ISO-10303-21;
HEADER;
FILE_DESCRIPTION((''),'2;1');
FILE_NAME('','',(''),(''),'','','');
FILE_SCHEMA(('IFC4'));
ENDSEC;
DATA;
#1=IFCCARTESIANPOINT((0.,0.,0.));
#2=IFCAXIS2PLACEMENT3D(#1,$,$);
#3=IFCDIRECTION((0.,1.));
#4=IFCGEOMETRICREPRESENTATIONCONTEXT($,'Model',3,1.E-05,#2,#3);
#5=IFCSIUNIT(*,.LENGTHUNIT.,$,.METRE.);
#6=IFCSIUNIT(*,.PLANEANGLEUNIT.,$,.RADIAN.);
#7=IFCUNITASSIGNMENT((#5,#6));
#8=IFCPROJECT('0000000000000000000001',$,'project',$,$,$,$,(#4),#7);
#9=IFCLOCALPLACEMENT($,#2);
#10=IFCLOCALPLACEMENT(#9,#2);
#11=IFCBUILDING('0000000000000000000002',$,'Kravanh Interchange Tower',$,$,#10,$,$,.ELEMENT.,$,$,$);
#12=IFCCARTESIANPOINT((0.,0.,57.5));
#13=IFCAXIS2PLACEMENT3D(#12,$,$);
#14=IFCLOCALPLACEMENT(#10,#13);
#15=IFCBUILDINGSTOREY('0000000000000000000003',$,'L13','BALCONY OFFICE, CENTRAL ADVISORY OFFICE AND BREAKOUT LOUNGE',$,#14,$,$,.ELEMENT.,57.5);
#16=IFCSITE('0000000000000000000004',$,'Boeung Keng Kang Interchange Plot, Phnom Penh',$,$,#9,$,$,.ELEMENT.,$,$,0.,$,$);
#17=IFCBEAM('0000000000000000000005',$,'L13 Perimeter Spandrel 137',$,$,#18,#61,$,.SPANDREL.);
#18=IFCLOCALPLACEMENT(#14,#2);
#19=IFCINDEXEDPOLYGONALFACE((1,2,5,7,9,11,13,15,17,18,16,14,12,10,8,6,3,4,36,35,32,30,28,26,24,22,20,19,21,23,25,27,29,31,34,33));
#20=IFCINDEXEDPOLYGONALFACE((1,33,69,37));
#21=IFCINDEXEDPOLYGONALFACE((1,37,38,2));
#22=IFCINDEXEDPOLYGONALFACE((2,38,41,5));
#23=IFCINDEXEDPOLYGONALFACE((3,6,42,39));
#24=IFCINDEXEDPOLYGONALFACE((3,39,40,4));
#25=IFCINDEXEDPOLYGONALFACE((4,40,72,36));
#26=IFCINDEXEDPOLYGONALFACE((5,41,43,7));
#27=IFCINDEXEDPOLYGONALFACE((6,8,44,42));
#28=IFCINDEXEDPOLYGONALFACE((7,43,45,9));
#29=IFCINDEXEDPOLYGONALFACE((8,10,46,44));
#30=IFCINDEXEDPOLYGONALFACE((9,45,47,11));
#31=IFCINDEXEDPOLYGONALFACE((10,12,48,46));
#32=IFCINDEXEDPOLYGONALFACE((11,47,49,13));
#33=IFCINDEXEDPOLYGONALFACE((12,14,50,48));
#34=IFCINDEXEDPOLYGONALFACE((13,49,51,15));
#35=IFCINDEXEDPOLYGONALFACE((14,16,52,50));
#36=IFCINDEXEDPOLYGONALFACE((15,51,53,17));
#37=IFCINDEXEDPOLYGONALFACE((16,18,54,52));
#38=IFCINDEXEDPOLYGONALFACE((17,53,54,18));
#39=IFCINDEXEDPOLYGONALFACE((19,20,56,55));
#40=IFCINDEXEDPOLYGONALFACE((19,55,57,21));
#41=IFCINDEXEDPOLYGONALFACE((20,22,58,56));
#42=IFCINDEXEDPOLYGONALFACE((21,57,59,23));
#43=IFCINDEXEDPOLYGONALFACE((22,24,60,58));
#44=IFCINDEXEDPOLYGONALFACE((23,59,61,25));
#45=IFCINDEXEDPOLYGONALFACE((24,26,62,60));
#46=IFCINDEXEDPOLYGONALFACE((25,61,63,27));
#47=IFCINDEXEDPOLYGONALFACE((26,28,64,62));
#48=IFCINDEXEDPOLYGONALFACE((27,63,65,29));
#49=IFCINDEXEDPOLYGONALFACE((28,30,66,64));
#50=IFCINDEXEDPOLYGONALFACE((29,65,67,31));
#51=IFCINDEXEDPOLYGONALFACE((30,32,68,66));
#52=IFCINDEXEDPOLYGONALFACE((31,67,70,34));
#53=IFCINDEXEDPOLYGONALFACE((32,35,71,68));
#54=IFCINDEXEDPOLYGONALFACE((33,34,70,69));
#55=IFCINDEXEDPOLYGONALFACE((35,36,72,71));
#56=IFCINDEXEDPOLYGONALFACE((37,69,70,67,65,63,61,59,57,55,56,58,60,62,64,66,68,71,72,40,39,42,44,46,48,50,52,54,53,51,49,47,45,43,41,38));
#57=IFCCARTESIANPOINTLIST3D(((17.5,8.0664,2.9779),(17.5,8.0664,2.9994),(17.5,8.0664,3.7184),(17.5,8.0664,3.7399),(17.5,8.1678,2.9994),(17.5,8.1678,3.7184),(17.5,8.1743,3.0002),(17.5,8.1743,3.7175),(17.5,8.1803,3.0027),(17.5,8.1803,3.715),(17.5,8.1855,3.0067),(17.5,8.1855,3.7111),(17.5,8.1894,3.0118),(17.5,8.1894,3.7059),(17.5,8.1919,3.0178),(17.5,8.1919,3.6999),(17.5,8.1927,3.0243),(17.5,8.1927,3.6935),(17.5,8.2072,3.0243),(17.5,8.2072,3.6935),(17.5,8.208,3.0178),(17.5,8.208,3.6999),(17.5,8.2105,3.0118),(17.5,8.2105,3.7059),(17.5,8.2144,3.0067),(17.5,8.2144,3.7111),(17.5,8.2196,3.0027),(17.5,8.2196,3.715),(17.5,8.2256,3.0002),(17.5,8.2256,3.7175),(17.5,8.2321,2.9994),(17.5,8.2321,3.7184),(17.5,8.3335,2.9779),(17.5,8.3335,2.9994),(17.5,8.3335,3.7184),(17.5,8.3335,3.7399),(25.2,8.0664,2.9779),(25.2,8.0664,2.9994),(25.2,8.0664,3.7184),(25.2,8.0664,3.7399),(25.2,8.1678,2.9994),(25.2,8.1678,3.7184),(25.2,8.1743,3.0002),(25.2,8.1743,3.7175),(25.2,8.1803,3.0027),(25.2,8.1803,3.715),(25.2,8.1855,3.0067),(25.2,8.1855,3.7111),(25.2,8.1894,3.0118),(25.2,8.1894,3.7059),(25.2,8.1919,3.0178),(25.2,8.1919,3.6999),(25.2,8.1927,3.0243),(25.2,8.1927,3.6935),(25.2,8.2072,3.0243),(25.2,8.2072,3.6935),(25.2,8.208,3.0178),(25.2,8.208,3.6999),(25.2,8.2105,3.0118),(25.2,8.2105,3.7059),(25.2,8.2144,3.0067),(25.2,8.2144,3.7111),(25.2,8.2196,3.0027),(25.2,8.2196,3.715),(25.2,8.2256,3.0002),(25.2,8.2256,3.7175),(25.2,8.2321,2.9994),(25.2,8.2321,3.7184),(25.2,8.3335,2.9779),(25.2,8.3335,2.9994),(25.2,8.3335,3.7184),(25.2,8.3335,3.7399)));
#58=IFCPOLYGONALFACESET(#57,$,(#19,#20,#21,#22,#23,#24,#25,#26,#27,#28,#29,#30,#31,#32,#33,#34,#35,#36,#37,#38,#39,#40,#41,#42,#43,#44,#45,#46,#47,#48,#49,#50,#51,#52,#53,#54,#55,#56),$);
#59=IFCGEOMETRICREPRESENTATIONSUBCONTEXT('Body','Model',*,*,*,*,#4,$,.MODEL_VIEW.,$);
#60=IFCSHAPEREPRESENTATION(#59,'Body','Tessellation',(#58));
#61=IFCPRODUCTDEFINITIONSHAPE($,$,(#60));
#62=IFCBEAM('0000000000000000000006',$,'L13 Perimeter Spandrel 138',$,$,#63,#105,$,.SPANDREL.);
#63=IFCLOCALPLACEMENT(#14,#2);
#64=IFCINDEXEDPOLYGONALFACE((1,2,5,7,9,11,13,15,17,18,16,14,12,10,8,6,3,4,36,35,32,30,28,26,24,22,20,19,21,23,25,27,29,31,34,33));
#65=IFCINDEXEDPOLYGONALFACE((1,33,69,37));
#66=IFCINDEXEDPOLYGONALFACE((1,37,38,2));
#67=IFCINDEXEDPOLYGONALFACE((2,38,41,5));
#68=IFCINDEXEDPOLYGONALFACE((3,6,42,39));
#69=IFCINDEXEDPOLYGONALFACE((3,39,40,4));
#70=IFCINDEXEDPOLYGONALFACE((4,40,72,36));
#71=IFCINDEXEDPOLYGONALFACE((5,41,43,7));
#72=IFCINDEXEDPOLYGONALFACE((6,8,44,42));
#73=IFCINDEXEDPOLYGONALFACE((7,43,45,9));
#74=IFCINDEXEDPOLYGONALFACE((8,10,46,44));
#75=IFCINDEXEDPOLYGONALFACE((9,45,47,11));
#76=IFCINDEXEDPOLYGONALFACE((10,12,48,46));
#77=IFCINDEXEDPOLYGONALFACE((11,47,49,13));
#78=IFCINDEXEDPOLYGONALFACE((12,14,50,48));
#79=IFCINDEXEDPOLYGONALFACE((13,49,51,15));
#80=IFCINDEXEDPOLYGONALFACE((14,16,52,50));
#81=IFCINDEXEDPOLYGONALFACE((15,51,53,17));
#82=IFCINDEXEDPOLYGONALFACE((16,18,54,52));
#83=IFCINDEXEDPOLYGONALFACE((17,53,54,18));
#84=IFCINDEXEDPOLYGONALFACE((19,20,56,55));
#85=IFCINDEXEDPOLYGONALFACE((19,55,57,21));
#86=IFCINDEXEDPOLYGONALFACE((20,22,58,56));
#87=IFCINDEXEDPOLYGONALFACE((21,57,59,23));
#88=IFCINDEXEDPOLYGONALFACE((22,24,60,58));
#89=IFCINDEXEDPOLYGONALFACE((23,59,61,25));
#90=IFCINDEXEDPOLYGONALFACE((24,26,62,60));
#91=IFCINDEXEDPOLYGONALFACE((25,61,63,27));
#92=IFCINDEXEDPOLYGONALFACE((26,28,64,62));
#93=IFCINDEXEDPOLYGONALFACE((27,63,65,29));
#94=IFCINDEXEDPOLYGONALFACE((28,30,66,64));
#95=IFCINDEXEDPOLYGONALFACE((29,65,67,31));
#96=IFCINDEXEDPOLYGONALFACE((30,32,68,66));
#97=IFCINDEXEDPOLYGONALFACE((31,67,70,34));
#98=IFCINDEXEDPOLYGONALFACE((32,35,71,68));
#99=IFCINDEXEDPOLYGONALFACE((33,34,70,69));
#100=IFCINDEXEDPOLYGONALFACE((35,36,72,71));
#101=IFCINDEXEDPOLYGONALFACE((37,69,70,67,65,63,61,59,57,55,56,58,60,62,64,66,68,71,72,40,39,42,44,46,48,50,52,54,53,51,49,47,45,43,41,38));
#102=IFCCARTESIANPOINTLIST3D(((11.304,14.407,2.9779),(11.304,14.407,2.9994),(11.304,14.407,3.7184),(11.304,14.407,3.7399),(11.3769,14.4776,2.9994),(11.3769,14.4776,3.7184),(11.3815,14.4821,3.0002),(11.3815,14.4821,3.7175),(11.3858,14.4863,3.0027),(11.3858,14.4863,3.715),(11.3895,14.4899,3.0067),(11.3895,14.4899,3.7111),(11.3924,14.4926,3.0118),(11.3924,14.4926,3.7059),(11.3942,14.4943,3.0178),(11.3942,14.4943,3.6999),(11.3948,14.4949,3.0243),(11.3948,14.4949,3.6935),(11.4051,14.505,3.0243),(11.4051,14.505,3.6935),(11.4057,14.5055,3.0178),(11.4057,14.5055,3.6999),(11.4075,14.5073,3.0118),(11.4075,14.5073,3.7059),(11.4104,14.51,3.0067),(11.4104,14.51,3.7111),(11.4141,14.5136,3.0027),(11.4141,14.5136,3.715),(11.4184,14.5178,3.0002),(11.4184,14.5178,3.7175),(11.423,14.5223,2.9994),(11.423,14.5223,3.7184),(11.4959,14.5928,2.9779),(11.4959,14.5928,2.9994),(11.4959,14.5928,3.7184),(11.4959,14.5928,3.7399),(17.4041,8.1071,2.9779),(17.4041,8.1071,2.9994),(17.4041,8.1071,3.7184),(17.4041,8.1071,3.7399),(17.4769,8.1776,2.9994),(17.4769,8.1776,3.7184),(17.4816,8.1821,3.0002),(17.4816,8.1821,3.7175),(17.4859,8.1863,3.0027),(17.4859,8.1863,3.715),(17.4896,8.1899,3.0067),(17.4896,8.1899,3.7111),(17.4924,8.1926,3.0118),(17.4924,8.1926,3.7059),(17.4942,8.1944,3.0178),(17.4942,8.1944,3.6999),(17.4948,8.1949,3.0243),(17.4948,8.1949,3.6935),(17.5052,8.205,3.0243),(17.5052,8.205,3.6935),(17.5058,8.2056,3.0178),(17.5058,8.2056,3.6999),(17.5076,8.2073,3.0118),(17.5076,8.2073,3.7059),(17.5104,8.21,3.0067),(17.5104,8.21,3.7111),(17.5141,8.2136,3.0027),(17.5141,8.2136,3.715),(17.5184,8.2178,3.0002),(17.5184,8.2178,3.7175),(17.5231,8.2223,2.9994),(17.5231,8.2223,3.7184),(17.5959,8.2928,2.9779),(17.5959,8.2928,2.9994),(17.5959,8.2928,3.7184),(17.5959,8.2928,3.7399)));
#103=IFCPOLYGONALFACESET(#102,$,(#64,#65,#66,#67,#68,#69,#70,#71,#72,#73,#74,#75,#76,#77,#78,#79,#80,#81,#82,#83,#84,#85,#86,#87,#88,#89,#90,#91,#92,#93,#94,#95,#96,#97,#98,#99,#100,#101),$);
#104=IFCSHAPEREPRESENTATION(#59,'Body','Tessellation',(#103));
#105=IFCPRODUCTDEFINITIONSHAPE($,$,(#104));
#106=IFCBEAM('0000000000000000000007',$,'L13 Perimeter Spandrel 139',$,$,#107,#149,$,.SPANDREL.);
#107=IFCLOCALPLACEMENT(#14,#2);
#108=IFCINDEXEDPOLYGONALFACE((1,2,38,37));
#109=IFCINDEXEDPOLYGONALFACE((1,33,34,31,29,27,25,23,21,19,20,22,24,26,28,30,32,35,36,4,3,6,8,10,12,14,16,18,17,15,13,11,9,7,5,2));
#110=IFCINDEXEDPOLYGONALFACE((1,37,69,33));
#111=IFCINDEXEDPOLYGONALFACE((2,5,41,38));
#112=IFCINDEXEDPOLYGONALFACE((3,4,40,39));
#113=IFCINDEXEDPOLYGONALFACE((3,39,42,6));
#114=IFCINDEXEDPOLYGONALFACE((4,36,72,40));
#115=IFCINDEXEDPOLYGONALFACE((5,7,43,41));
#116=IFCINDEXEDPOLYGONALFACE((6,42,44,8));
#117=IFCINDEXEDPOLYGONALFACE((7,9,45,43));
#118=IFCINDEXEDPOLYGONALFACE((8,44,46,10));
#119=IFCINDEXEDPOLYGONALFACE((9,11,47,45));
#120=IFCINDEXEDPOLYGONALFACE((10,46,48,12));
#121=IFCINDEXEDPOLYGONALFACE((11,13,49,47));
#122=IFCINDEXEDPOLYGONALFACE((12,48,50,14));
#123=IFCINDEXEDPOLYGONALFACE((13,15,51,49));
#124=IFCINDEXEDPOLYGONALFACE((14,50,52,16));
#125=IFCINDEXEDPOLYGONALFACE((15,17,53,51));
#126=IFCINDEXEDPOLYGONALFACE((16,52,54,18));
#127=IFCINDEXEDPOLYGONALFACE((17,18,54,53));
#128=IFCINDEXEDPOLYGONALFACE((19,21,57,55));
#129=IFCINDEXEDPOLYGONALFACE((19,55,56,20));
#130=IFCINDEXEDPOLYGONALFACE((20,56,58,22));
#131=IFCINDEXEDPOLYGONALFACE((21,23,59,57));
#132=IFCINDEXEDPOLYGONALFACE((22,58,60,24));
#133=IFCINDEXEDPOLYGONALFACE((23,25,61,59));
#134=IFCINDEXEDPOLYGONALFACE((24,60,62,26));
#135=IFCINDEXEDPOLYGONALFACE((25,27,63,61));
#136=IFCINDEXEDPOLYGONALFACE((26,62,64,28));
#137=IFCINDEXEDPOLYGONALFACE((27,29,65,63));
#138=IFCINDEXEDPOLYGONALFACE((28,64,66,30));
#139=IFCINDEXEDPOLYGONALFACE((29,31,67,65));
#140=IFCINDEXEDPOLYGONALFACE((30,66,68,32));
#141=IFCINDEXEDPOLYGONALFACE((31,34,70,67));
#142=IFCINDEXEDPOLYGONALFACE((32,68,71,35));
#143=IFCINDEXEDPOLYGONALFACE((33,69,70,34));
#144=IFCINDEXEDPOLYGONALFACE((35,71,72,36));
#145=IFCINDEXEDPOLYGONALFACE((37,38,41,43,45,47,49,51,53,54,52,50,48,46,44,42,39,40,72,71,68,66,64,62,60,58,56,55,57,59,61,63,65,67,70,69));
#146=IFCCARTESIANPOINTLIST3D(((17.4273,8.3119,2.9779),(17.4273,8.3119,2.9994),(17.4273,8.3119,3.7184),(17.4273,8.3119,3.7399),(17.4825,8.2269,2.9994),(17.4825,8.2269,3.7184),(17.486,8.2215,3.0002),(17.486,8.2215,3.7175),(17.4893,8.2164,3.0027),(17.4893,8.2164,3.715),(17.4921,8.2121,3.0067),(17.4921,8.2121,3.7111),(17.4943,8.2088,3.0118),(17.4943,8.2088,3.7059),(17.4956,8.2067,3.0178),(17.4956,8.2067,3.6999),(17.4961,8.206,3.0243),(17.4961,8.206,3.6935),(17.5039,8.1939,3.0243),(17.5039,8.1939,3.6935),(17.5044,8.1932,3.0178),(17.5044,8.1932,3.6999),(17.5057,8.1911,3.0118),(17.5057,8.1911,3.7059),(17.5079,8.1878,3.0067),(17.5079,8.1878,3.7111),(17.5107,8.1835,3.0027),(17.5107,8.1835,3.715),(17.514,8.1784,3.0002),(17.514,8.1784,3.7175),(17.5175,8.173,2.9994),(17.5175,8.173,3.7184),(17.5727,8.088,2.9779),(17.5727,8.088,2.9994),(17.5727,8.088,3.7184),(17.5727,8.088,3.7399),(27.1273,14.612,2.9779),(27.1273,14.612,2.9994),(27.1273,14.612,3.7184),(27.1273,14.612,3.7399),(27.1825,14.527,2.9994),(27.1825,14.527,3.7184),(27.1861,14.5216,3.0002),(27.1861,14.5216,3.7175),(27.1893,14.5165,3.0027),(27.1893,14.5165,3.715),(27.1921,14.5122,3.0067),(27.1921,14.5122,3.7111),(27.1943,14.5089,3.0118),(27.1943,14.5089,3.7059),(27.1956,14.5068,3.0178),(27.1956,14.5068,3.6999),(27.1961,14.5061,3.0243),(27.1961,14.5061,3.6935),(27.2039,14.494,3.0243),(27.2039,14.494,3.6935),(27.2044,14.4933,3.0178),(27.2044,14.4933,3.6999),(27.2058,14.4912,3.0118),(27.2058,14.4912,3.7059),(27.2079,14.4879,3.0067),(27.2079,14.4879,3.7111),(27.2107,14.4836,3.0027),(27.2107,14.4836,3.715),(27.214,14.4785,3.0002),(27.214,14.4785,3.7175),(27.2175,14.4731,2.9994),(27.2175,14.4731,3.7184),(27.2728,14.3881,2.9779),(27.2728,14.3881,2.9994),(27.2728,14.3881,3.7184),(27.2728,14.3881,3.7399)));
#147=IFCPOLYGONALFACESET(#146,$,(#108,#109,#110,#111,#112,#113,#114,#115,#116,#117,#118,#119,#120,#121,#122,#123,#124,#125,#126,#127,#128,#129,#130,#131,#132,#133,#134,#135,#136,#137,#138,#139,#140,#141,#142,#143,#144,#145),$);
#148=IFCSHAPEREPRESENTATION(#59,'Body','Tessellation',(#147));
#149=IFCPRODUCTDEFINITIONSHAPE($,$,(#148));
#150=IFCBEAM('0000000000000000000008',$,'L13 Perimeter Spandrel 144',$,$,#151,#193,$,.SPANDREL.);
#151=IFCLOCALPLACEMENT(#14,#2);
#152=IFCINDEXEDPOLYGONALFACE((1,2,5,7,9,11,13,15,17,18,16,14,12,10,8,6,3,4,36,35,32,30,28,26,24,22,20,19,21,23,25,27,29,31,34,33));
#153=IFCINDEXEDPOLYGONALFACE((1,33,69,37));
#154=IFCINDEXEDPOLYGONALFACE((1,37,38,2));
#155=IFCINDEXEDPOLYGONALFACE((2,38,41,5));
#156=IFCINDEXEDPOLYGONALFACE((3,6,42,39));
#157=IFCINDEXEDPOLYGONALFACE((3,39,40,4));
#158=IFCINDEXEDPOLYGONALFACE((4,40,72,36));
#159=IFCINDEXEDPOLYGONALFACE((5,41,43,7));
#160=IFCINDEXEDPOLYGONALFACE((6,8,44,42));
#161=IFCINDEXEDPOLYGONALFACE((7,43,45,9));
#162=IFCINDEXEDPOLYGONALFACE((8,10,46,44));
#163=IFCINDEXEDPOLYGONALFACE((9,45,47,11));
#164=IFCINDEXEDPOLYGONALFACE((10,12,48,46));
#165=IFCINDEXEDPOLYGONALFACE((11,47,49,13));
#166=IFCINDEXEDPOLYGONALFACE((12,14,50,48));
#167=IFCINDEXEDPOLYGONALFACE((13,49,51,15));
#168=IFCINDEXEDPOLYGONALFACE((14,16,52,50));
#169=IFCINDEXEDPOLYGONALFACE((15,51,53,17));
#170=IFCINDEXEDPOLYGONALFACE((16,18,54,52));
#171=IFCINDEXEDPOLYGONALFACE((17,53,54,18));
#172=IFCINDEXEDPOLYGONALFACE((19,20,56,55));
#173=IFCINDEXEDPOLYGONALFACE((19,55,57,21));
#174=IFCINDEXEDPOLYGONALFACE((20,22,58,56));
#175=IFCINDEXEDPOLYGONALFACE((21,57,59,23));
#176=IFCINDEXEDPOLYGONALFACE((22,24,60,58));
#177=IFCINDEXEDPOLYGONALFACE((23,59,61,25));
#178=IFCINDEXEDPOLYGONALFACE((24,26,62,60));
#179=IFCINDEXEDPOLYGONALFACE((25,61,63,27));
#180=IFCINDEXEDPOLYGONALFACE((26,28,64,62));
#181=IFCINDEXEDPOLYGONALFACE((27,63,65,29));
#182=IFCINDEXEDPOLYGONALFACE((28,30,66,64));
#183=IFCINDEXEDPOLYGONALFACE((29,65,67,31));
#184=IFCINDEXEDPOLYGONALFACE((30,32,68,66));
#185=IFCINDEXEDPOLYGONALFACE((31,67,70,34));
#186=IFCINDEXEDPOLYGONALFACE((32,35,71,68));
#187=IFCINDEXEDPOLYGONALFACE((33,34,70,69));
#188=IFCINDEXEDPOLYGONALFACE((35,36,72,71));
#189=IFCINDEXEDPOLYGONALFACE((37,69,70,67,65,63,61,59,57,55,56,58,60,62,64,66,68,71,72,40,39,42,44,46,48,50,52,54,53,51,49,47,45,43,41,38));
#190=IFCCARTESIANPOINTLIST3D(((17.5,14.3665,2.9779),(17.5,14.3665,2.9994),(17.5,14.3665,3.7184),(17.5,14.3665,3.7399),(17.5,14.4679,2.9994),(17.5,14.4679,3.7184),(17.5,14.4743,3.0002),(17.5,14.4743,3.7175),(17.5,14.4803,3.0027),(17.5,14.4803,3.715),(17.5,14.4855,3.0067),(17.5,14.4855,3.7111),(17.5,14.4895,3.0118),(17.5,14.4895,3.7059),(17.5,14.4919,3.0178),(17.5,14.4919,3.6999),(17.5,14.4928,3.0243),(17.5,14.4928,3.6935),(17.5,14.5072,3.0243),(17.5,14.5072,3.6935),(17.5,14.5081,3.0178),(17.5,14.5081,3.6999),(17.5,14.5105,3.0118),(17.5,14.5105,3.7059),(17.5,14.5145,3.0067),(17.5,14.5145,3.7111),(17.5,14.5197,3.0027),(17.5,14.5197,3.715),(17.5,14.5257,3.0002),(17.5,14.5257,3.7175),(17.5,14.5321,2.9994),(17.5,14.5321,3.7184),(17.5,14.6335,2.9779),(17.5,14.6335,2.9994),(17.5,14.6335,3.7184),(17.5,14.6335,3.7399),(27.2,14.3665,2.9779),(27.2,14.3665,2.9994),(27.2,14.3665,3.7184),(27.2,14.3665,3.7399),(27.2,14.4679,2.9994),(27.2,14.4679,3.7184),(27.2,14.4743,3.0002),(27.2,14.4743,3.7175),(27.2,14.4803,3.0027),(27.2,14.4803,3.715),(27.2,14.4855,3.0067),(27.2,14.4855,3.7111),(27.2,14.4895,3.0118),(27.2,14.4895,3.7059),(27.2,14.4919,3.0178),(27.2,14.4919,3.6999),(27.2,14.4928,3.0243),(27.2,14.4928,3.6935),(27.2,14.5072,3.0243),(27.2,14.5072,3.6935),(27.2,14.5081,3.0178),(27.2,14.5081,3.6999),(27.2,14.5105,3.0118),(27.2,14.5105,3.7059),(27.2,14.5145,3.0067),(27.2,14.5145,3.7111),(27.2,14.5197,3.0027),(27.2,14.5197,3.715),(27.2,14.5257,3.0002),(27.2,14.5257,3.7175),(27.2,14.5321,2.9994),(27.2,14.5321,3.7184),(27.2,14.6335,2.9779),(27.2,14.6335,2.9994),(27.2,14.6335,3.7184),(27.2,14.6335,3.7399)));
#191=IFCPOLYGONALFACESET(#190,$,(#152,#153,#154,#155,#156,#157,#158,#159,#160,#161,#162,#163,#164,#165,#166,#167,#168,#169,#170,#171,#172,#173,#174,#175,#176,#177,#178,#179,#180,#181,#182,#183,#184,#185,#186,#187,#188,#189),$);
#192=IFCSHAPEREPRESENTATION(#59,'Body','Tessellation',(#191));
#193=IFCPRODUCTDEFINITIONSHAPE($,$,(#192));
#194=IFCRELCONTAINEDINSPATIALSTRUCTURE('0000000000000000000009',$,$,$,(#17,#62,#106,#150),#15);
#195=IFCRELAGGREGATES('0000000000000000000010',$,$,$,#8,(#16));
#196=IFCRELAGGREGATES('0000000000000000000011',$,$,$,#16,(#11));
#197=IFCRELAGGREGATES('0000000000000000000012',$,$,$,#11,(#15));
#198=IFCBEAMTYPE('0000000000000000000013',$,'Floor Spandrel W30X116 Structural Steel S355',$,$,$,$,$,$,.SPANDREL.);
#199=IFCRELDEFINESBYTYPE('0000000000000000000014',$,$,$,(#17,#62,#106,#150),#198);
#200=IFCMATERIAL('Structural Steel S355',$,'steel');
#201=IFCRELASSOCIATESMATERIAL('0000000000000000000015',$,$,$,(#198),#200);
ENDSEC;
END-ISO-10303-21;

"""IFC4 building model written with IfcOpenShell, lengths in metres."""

from ifc_helpers import new_model, si_unit, direction, frame, origin, origin_2d, place, context, subcontext, project, spatial, i_section, extrude, material, material_profile, profile_set, type_object, element, save


model = new_model("IFC4")

# Units and contexts
model_context = context("Model", 3, precision=1e-05, world=origin(), true_north=direction((0.0, 1.0)))
body_context = subcontext(model_context, "Body", "Model", "MODEL_VIEW")
ifc_project = project(units=[si_unit("LENGTHUNIT", "METRE"), si_unit("PLANEANGLEUNIT", "RADIAN")], contexts=[model_context])

# Site, building, storey
site_placement = place(None, origin())
site = spatial("IfcSite", under=ifc_project, at=site_placement, Name="Boeung Keng Kang Interchange Plot, Phnom Penh", CompositionType="ELEMENT", RefElevation=0.0)
building_placement = place(site_placement, origin())
building = spatial("IfcBuilding", under=site, at=building_placement, Name="Kravanh Interchange Tower", CompositionType="ELEMENT")
storey_placement = place(building_placement, frame((0.0, 0.0, 57.5)))
storey = spatial("IfcBuildingStorey", under=building, at=storey_placement, Name="L13", Description="BALCONY OFFICE, CENTRAL ADVISORY OFFICE AND BREAKOUT LOUNGE", CompositionType="ELEMENT", Elevation=57.5)

# Beams
ifc_material_1 = material(Name="Structural Steel S355", Category="steel")
ifc_material_profile_1 = material_profile(ifc_material_1, i_section(OverallWidth=0.2671, OverallDepth=0.762, WebThickness=0.0144, FlangeThickness=0.0215, FilletRadius=0.0249, at=origin_2d()), Name="W30X116")
ifc_profile_set_1 = profile_set([ifc_material_profile_1], Name="Structural Steel S355")
beam_type_1 = type_object("IfcBeamType", Name="Floor Spandrel W30X116 Structural Steel S355", PredefinedType="SPANDREL", material=ifc_profile_set_1)
beam_1_placement = place(storey_placement, frame((17.5, 8.2, 3.3589), z_axis=(1.0, 0.0, 0.0), x_axis=(0.0, 1.0, 0.0)))
element("IfcBeam", 1, at=beam_1_placement, inside=storey, type_object=beam_type_1, Name="L13 Perimeter Spandrel 137", PredefinedType="SPANDREL", context=body_context, shape_type="SweptSolid", body=[
    extrude(i_section(OverallWidth=0.2671, OverallDepth=0.762, WebThickness=0.0144, FlangeThickness=0.0215, FilletRadius=0.0249, at=origin_2d()), origin(), (0.0, 0.0, 1.0), 7.7),
])
beam_2_placement = place(storey_placement, frame((17.5, 8.2, 3.3589), z_axis=(-0.695614, 0.718415, 0.0), x_axis=(-0.718415, -0.695614, 0.0)))
element("IfcBeam", 2, at=beam_2_placement, inside=storey, type_object=beam_type_1, Name="L13 Perimeter Spandrel 138", PredefinedType="SPANDREL", context=body_context, shape_type="SweptSolid", body=[
    extrude(i_section(OverallWidth=0.2671, OverallDepth=0.762, WebThickness=0.0144, FlangeThickness=0.0215, FilletRadius=0.0249, at=origin_2d()), origin(), (0.0, 0.0, 1.0), 8.7693),
])
beam_3_placement = place(storey_placement, frame((17.5, 8.2, 3.3589), z_axis=(0.838638, 0.544689, 0.0), x_axis=(-0.544689, 0.838638, 0.0)))
element("IfcBeam", 3, at=beam_3_placement, inside=storey, type_object=beam_type_1, Name="L13 Perimeter Spandrel 139", PredefinedType="SPANDREL", context=body_context, shape_type="SweptSolid", body=[
    extrude(i_section(OverallWidth=0.2671, OverallDepth=0.762, WebThickness=0.0144, FlangeThickness=0.0215, FilletRadius=0.0249, at=origin_2d()), origin(), (0.0, 0.0, 1.0), 11.5664),
])
beam_4_placement = place(storey_placement, frame((17.5, 14.5, 3.3589), z_axis=(1.0, 0.0, 0.0), x_axis=(0.0, 1.0, 0.0)))
element("IfcBeam", 4, at=beam_4_placement, inside=storey, type_object=beam_type_1, Name="L13 Perimeter Spandrel 144", PredefinedType="SPANDREL", context=body_context, shape_type="SweptSolid", body=[
    extrude(i_section(OverallWidth=0.2671, OverallDepth=0.762, WebThickness=0.0144, FlangeThickness=0.0215, FilletRadius=0.0249, at=origin_2d()), origin(), (0.0, 0.0, 1.0), 9.7),
])

save(model, "model.ifc")
